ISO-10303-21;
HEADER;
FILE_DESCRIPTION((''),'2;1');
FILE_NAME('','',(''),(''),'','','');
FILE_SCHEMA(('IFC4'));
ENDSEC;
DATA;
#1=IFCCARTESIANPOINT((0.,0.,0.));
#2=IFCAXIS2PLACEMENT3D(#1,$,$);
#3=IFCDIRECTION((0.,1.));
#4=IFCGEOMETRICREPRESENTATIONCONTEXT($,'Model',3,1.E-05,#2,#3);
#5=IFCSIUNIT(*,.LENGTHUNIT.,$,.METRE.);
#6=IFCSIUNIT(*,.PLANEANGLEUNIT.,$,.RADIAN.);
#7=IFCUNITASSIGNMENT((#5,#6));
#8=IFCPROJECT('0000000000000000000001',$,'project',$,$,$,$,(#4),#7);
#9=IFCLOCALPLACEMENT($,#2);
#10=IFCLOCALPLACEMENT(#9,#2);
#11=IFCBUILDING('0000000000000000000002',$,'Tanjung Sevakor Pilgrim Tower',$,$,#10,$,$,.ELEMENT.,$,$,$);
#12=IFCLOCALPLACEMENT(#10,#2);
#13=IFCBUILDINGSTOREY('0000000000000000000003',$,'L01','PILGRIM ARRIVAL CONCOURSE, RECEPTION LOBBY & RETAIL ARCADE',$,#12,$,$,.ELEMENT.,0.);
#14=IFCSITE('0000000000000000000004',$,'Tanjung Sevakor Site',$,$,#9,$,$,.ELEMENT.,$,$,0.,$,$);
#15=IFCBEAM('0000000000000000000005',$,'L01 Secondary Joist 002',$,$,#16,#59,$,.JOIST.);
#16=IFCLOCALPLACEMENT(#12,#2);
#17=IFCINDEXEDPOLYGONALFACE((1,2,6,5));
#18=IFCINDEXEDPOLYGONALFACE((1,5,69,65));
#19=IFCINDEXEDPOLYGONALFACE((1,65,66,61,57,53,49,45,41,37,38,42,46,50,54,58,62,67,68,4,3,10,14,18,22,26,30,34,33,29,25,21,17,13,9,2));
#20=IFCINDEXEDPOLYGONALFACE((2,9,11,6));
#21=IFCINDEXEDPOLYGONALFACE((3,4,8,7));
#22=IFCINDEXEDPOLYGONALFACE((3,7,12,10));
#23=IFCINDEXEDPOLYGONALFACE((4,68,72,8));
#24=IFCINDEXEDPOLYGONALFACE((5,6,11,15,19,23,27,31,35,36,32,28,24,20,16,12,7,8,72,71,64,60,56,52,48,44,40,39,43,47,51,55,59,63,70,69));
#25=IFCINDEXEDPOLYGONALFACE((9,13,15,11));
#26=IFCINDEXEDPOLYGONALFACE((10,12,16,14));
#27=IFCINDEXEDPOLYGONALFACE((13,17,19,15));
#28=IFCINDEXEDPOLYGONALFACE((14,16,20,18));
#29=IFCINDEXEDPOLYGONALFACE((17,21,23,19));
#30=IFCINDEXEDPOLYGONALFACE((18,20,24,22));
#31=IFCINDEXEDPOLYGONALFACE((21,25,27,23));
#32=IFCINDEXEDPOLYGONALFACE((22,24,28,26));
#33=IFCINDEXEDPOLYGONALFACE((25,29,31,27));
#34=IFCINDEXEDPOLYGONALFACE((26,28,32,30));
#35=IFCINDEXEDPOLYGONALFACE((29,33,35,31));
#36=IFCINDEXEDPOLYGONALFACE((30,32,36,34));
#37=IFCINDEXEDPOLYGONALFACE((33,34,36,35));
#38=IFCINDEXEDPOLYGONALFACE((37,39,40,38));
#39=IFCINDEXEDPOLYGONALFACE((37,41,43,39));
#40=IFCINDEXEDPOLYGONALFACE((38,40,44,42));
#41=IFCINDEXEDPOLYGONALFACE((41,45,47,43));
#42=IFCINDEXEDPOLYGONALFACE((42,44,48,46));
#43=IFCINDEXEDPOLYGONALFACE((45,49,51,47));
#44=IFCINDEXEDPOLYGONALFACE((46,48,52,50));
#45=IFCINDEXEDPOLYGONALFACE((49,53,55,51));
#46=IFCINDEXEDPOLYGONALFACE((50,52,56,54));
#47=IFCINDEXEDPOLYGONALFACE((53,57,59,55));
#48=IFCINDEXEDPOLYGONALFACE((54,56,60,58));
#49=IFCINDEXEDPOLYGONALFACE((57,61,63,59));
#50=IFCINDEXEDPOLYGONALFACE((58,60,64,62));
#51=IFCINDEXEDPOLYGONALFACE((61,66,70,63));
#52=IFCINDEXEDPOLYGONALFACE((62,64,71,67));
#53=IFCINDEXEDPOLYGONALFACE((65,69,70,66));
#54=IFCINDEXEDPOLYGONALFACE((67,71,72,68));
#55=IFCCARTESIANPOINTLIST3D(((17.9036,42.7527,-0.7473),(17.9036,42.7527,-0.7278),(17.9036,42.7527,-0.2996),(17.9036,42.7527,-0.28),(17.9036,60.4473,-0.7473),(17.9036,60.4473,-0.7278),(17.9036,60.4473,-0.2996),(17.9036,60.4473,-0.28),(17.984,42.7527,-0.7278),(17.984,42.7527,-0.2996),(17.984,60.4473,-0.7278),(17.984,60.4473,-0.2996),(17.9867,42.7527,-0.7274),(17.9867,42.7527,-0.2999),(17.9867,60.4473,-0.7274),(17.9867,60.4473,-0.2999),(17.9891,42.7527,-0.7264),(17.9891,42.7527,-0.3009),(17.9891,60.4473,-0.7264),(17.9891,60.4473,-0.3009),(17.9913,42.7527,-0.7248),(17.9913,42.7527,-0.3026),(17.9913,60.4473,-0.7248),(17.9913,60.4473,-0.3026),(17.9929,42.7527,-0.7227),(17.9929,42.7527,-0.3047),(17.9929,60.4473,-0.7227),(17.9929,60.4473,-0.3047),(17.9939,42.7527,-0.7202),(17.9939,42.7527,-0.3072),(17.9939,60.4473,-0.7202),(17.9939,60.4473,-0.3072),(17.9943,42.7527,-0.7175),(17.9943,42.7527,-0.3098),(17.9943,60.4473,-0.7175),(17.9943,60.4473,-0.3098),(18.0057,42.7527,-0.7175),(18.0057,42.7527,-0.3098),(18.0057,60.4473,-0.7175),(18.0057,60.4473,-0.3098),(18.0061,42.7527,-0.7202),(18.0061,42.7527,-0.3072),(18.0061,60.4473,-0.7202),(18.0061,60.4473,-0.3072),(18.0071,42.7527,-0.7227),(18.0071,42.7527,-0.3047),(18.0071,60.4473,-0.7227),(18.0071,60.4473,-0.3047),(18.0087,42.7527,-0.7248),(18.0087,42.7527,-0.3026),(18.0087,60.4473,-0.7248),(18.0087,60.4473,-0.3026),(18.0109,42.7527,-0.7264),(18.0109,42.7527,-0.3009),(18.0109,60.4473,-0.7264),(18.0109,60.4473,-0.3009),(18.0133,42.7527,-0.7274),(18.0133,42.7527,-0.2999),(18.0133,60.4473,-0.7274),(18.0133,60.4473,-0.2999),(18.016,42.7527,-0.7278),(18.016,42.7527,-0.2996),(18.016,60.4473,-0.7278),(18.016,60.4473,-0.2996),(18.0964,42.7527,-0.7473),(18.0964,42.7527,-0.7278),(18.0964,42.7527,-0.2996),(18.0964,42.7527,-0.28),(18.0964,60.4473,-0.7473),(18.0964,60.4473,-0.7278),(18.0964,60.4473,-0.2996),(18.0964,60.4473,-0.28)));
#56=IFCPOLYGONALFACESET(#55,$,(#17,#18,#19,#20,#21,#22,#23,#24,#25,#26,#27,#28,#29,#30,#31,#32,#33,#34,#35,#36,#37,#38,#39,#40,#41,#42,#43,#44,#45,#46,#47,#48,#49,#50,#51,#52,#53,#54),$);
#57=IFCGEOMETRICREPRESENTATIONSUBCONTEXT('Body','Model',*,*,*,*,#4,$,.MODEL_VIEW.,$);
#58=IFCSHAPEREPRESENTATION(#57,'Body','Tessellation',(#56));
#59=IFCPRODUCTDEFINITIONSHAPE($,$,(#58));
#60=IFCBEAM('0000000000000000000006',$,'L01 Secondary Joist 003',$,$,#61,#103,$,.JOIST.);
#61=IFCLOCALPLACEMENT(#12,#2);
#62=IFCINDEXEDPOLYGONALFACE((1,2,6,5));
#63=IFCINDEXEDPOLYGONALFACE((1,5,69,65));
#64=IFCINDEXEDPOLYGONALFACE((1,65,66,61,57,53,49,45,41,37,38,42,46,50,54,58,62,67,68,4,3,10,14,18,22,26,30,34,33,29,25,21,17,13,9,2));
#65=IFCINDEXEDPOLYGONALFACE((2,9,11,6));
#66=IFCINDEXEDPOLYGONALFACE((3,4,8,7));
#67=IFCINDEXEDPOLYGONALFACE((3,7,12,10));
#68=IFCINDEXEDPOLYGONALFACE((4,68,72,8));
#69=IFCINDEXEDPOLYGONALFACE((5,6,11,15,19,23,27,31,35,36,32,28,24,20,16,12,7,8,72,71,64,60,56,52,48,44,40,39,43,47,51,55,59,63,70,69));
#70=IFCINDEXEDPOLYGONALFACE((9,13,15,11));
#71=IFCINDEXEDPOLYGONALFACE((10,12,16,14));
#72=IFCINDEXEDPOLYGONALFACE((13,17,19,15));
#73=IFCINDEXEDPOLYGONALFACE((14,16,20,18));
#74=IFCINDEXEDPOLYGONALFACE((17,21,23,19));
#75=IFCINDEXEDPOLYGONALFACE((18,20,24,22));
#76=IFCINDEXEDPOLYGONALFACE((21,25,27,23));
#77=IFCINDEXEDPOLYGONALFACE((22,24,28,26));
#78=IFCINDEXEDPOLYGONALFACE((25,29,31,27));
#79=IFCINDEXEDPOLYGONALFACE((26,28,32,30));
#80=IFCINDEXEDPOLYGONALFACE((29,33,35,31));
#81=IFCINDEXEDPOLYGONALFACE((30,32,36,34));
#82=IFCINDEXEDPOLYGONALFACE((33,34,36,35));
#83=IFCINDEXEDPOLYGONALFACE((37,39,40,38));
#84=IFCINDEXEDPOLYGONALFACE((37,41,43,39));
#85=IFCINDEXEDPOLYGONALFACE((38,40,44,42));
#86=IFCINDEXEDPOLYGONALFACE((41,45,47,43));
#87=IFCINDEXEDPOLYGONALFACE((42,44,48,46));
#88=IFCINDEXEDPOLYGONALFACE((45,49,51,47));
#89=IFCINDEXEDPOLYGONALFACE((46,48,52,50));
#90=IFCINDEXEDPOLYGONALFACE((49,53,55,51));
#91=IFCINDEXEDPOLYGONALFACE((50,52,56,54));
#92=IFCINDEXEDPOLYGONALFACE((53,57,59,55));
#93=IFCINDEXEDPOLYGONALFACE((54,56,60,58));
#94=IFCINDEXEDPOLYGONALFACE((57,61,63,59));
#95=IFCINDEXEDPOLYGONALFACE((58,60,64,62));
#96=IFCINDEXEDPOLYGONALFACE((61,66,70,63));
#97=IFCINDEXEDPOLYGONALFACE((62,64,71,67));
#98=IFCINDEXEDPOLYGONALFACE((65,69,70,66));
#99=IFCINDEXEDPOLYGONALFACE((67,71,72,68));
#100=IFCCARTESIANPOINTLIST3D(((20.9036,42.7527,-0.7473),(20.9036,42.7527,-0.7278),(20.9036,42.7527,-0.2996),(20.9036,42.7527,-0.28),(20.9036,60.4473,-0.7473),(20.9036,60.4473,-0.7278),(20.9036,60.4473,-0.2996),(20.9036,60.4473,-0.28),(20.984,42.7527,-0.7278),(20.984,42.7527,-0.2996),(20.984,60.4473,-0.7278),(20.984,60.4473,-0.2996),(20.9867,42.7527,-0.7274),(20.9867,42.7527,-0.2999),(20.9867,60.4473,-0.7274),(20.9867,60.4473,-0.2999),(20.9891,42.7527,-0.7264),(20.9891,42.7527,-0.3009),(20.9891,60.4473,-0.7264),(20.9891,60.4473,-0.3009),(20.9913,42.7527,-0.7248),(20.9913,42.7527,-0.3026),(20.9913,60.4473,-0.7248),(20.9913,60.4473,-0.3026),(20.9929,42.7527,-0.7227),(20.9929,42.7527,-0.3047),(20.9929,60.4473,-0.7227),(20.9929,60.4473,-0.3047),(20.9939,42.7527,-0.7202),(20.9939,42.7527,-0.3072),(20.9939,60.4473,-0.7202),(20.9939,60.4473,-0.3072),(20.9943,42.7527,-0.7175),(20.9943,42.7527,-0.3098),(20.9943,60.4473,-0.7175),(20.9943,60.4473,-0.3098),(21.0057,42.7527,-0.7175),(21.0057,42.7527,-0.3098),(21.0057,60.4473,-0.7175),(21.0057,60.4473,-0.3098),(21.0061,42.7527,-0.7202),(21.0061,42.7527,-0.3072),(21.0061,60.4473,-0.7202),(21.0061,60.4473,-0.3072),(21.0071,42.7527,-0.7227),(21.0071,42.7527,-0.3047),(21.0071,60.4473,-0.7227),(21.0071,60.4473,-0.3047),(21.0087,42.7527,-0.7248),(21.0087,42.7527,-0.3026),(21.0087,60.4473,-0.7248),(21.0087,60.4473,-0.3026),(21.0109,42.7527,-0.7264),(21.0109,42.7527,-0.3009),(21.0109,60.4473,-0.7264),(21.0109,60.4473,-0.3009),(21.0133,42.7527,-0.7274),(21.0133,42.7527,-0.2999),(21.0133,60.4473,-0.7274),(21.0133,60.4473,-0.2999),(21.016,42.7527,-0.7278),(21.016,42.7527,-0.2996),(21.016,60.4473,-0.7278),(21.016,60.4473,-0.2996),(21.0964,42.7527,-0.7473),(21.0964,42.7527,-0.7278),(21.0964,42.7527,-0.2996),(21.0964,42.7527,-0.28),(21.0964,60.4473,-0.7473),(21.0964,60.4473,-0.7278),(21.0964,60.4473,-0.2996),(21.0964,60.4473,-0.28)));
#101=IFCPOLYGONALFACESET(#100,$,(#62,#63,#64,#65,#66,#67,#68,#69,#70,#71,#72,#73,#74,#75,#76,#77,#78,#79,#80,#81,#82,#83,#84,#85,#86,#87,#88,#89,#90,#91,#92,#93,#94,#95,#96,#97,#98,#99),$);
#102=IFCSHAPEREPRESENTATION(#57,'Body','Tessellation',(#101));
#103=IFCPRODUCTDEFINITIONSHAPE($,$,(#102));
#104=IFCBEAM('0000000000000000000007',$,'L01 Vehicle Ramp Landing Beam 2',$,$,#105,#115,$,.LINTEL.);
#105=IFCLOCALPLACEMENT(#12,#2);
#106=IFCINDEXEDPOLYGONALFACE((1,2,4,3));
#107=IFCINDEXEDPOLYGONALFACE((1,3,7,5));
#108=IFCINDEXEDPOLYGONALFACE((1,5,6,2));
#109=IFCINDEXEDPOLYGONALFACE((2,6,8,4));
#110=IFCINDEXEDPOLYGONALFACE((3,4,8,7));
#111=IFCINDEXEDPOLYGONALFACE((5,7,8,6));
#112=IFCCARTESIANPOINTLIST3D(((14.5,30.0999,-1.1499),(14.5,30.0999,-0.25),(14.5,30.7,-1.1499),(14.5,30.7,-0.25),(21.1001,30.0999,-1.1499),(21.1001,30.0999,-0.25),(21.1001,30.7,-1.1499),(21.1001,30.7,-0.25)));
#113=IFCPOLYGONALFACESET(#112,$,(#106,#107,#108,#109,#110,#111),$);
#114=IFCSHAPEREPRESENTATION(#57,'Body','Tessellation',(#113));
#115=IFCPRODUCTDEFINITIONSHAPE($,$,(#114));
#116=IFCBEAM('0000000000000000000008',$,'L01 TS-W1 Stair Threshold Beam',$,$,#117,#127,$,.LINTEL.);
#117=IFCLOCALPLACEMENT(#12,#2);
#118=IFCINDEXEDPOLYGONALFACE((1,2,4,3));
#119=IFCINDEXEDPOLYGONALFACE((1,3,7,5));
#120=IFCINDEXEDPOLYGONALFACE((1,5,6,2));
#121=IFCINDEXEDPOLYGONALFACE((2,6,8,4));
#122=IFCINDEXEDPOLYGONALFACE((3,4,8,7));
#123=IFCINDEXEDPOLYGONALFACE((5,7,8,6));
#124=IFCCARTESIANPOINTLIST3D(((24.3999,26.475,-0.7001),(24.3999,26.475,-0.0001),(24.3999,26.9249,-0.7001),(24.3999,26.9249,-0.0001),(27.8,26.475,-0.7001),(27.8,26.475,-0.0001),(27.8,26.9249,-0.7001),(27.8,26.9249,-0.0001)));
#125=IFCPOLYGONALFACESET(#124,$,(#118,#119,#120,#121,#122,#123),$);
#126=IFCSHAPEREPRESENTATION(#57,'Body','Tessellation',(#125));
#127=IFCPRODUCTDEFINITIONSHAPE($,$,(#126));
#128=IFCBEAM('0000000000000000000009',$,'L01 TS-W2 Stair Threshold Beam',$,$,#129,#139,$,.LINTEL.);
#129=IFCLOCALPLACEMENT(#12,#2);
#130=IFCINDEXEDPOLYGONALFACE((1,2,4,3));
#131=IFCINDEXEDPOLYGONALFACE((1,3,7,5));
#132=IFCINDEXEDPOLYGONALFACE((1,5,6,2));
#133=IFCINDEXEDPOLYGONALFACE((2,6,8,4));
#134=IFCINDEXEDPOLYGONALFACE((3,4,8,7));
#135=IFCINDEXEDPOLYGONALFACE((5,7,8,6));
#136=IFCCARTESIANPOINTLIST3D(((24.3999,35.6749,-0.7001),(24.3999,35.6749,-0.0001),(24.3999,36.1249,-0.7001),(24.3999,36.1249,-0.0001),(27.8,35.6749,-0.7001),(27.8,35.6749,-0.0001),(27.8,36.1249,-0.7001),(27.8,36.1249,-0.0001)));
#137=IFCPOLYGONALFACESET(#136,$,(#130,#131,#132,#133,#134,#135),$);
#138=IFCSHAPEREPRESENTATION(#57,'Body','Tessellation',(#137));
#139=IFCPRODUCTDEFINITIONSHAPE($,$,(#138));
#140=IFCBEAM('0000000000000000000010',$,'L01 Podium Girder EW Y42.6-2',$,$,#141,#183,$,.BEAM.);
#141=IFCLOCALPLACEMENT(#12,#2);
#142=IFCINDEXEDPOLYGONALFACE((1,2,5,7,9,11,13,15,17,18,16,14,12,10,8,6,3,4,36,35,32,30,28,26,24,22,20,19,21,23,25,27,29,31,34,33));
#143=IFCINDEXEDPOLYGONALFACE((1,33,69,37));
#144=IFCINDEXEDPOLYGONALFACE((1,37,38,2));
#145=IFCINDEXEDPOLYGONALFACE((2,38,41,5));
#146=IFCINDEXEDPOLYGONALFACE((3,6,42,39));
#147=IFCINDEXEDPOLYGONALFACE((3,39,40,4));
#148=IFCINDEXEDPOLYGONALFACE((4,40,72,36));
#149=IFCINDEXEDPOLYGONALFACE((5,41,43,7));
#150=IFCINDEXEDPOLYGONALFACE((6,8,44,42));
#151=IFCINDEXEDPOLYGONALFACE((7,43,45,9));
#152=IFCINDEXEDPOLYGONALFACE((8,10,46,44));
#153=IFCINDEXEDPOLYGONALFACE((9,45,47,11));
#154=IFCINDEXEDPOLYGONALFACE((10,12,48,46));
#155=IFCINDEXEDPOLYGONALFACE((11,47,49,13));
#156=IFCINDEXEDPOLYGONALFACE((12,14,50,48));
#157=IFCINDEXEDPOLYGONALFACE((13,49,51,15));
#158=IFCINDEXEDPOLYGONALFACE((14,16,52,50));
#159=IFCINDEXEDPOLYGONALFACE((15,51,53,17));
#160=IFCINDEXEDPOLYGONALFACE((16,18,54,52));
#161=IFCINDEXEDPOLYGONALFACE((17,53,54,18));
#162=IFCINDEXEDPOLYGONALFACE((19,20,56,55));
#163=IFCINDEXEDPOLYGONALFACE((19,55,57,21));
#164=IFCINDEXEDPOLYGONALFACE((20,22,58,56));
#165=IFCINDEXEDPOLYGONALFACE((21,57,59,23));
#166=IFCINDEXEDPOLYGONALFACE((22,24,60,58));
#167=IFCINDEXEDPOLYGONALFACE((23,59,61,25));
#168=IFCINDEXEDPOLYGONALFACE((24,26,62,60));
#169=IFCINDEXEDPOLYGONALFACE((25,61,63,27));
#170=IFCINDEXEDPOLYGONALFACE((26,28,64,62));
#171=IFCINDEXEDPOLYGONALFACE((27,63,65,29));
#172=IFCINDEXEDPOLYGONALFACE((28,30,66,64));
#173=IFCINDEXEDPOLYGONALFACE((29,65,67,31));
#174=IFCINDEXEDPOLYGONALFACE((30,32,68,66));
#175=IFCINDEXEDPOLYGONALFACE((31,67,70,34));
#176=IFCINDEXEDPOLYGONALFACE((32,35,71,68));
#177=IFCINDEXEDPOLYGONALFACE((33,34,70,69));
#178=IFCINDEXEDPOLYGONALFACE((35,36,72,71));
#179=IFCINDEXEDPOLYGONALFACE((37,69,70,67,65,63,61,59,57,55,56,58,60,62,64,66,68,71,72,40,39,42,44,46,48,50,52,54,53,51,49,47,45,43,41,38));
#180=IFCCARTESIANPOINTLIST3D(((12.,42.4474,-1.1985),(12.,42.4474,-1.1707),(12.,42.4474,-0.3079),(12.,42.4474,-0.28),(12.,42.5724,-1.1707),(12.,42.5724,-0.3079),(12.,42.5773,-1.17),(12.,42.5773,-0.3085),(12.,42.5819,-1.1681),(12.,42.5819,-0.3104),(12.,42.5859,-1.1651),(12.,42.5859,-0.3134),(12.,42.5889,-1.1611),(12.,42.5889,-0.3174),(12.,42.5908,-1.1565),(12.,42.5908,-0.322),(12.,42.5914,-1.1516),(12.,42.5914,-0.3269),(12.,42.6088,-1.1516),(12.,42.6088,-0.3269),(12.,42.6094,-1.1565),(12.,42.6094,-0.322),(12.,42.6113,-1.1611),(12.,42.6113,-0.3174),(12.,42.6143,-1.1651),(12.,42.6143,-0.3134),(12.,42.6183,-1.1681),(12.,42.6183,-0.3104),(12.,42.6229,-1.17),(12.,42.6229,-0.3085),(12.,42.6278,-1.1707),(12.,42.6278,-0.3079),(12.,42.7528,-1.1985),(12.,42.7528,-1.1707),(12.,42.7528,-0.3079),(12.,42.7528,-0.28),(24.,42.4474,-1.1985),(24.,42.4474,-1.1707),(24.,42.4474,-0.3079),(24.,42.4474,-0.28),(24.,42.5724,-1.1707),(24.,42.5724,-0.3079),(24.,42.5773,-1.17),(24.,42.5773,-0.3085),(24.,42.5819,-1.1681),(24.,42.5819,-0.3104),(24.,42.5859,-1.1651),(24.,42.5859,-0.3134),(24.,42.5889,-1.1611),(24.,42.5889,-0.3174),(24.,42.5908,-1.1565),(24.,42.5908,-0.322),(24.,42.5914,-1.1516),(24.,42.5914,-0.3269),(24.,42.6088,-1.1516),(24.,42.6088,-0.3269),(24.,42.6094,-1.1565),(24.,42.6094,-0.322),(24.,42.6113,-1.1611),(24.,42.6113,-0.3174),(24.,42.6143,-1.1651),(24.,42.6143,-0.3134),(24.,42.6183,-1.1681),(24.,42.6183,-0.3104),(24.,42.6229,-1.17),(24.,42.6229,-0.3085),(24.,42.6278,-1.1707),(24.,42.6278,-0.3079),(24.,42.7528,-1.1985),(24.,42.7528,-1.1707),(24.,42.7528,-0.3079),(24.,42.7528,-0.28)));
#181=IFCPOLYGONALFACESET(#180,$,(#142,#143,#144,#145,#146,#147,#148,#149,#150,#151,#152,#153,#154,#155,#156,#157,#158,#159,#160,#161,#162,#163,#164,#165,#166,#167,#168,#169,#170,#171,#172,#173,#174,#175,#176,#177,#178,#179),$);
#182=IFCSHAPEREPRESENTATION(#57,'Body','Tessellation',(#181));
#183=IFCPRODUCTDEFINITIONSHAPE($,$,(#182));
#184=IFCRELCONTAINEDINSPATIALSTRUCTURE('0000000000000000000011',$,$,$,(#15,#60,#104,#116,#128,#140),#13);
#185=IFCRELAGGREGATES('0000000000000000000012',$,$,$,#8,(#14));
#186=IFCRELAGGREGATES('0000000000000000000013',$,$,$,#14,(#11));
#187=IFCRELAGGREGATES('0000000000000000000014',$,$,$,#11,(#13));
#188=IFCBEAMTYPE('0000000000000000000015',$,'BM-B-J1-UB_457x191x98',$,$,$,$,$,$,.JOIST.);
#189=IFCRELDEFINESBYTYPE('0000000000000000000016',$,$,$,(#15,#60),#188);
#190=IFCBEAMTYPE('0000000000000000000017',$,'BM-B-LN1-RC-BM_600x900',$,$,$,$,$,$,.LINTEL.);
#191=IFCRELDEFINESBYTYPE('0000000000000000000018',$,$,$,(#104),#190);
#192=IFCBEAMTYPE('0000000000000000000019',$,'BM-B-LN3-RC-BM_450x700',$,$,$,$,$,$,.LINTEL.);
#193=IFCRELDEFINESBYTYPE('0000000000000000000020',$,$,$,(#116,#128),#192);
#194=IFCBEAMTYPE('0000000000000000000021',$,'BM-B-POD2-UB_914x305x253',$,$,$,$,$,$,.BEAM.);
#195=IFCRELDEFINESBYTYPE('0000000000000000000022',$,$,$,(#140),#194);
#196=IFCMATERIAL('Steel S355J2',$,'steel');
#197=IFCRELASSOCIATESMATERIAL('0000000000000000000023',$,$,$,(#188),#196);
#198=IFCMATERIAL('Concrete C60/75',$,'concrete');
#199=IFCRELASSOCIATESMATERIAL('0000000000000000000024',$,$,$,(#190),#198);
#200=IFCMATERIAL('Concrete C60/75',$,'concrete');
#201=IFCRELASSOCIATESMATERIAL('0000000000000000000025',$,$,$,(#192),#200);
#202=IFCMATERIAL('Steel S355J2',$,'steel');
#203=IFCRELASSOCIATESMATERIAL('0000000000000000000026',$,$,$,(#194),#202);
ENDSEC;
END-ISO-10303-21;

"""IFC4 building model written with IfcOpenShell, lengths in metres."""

from ifc_helpers import new_model, si_unit, direction, frame, origin, origin_2d, place, context, subcontext, project, spatial, rectangle, i_section, extrude, material, material_profile, profile_set, type_object, element, save


model = new_model("IFC4")

# Units and contexts
model_context = context("Model", 3, precision=1e-05, world=origin(), true_north=direction((0.0, 1.0)))
body_context = subcontext(model_context, "Body", "Model", "MODEL_VIEW")
ifc_project = project(units=[si_unit("LENGTHUNIT", "METRE"), si_unit("PLANEANGLEUNIT", "RADIAN")], contexts=[model_context])

# Site, building, storey
site_placement = place(None, origin())
site = spatial("IfcSite", under=ifc_project, at=site_placement, Name="Tanjung Sevakor Site", CompositionType="ELEMENT", RefElevation=0.0)
building_placement = place(site_placement, origin())
building = spatial("IfcBuilding", under=site, at=building_placement, Name="Tanjung Sevakor Pilgrim Tower", CompositionType="ELEMENT")
storey_placement = place(building_placement, origin())
storey = spatial("IfcBuildingStorey", under=building, at=storey_placement, Name="L01", Description="PILGRIM ARRIVAL CONCOURSE, RECEPTION LOBBY & RETAIL ARCADE", CompositionType="ELEMENT", Elevation=0.0)

# Beams
ifc_material_1 = material(Name="Steel S355J2", Category="steel")
ifc_material_profile_1 = material_profile(ifc_material_1, i_section(OverallWidth=0.1929, OverallDepth=0.4673, WebThickness=0.0115, FlangeThickness=0.0195, FilletRadius=0.0103, at=origin_2d()))
ifc_profile_set_1 = profile_set([ifc_material_profile_1], Name="Steel S355J2")
beam_type_1 = type_object("IfcBeamType", Name="BM-B-J1-UB_457x191x98", PredefinedType="JOIST", material=ifc_profile_set_1)
for number, where, z_axis, x_axis, name in (
    (1, (18.0, 42.7527, -0.5137), (0.0, 1.0, 0.0), (-1.0, 0.0, 0.0), "L01 Secondary Joist 002"),
    (2, (21.0, 42.7527, -0.5137), (0.0, 1.0, 0.0), (-1.0, 0.0, 0.0), "L01 Secondary Joist 003"),
):
    element("IfcBeam", number, at=place(storey_placement, frame(where, z_axis=z_axis, x_axis=x_axis)), inside=storey, type_object=beam_type_1, Name=name, PredefinedType="JOIST", context=body_context, shape_type="SweptSolid", body=[
        extrude(i_section(OverallWidth=0.1929, OverallDepth=0.4673, WebThickness=0.0115, FlangeThickness=0.0195, FilletRadius=0.0103, at=origin_2d()), origin(), (0.0, 0.0, 1.0), 17.6946),
    ])
ifc_material_2 = material(Name="Concrete C60/75", Category="concrete")
ifc_material_profile_2 = material_profile(ifc_material_2, rectangle(XDim=0.6001, YDim=0.8999, at=origin_2d()))
ifc_profile_set_2 = profile_set([ifc_material_profile_2], Name="Concrete C60/75")
beam_type_2 = type_object("IfcBeamType", Name="BM-B-LN1-RC-BM_600x900", PredefinedType="LINTEL", material=ifc_profile_set_2)
beam_1_placement = place(storey_placement, frame((14.5, 30.3999, -0.7), z_axis=(1.0, 0.0, 0.0), x_axis=(0.0, 1.0, 0.0)))
element("IfcBeam", 3, at=beam_1_placement, inside=storey, type_object=beam_type_2, Name="L01 Vehicle Ramp Landing Beam 2", PredefinedType="LINTEL", context=body_context, shape_type="SweptSolid", body=[
    extrude(rectangle(XDim=0.6001, YDim=0.8999, at=origin_2d()), origin(), (0.0, 0.0, 1.0), 6.6001),
])
ifc_material_3 = material(Name="Concrete C60/75", Category="concrete")
ifc_material_profile_3 = material_profile(ifc_material_3, rectangle(XDim=0.45, YDim=0.7, at=origin_2d()))
ifc_profile_set_3 = profile_set([ifc_material_profile_3], Name="Concrete C60/75")
beam_type_3 = type_object("IfcBeamType", Name="BM-B-LN3-RC-BM_450x700", PredefinedType="LINTEL", material=ifc_profile_set_3)
for number, where, z_axis, x_axis, name in (
    (4, (24.3999, 26.7, -0.3501), (1.0, 0.0, 0.0), (0.0, 1.0, 0.0), "L01 TS-W1 Stair Threshold Beam"),
    (5, (24.3999, 35.8999, -0.3501), (1.0, 0.0, 0.0), (0.0, 1.0, 0.0), "L01 TS-W2 Stair Threshold Beam"),
):
    element("IfcBeam", number, at=place(storey_placement, frame(where, z_axis=z_axis, x_axis=x_axis)), inside=storey, type_object=beam_type_3, Name=name, PredefinedType="LINTEL", context=body_context, shape_type="SweptSolid", body=[
        extrude(rectangle(XDim=0.45, YDim=0.7, at=origin_2d()), origin(), (0.0, 0.0, 1.0), 3.4001),
    ])
ifc_material_4 = material(Name="Steel S355J2", Category="steel")
ifc_material_profile_4 = material_profile(ifc_material_4, i_section(OverallWidth=0.3054, OverallDepth=0.9185, WebThickness=0.0173, FlangeThickness=0.0278, FilletRadius=0.019, at=origin_2d()))
ifc_profile_set_4 = profile_set([ifc_material_profile_4], Name="Steel S355J2")
beam_type_4 = type_object("IfcBeamType", Name="BM-B-POD2-UB_914x305x253", PredefinedType="BEAM", material=ifc_profile_set_4)
beam_2_placement = place(storey_placement, frame((12.0, 42.6001, -0.7393), z_axis=(1.0, 0.0, 0.0), x_axis=(0.0, 1.0, 0.0)))
element("IfcBeam", 6, at=beam_2_placement, inside=storey, type_object=beam_type_4, Name="L01 Podium Girder EW Y42.6-2", PredefinedType="BEAM", context=body_context, shape_type="SweptSolid", body=[
    extrude(i_section(OverallWidth=0.3054, OverallDepth=0.9185, WebThickness=0.0173, FlangeThickness=0.0278, FilletRadius=0.019, at=origin_2d()), origin(), (0.0, 0.0, 1.0), 12.0),
])

save(model, "model.ifc")
